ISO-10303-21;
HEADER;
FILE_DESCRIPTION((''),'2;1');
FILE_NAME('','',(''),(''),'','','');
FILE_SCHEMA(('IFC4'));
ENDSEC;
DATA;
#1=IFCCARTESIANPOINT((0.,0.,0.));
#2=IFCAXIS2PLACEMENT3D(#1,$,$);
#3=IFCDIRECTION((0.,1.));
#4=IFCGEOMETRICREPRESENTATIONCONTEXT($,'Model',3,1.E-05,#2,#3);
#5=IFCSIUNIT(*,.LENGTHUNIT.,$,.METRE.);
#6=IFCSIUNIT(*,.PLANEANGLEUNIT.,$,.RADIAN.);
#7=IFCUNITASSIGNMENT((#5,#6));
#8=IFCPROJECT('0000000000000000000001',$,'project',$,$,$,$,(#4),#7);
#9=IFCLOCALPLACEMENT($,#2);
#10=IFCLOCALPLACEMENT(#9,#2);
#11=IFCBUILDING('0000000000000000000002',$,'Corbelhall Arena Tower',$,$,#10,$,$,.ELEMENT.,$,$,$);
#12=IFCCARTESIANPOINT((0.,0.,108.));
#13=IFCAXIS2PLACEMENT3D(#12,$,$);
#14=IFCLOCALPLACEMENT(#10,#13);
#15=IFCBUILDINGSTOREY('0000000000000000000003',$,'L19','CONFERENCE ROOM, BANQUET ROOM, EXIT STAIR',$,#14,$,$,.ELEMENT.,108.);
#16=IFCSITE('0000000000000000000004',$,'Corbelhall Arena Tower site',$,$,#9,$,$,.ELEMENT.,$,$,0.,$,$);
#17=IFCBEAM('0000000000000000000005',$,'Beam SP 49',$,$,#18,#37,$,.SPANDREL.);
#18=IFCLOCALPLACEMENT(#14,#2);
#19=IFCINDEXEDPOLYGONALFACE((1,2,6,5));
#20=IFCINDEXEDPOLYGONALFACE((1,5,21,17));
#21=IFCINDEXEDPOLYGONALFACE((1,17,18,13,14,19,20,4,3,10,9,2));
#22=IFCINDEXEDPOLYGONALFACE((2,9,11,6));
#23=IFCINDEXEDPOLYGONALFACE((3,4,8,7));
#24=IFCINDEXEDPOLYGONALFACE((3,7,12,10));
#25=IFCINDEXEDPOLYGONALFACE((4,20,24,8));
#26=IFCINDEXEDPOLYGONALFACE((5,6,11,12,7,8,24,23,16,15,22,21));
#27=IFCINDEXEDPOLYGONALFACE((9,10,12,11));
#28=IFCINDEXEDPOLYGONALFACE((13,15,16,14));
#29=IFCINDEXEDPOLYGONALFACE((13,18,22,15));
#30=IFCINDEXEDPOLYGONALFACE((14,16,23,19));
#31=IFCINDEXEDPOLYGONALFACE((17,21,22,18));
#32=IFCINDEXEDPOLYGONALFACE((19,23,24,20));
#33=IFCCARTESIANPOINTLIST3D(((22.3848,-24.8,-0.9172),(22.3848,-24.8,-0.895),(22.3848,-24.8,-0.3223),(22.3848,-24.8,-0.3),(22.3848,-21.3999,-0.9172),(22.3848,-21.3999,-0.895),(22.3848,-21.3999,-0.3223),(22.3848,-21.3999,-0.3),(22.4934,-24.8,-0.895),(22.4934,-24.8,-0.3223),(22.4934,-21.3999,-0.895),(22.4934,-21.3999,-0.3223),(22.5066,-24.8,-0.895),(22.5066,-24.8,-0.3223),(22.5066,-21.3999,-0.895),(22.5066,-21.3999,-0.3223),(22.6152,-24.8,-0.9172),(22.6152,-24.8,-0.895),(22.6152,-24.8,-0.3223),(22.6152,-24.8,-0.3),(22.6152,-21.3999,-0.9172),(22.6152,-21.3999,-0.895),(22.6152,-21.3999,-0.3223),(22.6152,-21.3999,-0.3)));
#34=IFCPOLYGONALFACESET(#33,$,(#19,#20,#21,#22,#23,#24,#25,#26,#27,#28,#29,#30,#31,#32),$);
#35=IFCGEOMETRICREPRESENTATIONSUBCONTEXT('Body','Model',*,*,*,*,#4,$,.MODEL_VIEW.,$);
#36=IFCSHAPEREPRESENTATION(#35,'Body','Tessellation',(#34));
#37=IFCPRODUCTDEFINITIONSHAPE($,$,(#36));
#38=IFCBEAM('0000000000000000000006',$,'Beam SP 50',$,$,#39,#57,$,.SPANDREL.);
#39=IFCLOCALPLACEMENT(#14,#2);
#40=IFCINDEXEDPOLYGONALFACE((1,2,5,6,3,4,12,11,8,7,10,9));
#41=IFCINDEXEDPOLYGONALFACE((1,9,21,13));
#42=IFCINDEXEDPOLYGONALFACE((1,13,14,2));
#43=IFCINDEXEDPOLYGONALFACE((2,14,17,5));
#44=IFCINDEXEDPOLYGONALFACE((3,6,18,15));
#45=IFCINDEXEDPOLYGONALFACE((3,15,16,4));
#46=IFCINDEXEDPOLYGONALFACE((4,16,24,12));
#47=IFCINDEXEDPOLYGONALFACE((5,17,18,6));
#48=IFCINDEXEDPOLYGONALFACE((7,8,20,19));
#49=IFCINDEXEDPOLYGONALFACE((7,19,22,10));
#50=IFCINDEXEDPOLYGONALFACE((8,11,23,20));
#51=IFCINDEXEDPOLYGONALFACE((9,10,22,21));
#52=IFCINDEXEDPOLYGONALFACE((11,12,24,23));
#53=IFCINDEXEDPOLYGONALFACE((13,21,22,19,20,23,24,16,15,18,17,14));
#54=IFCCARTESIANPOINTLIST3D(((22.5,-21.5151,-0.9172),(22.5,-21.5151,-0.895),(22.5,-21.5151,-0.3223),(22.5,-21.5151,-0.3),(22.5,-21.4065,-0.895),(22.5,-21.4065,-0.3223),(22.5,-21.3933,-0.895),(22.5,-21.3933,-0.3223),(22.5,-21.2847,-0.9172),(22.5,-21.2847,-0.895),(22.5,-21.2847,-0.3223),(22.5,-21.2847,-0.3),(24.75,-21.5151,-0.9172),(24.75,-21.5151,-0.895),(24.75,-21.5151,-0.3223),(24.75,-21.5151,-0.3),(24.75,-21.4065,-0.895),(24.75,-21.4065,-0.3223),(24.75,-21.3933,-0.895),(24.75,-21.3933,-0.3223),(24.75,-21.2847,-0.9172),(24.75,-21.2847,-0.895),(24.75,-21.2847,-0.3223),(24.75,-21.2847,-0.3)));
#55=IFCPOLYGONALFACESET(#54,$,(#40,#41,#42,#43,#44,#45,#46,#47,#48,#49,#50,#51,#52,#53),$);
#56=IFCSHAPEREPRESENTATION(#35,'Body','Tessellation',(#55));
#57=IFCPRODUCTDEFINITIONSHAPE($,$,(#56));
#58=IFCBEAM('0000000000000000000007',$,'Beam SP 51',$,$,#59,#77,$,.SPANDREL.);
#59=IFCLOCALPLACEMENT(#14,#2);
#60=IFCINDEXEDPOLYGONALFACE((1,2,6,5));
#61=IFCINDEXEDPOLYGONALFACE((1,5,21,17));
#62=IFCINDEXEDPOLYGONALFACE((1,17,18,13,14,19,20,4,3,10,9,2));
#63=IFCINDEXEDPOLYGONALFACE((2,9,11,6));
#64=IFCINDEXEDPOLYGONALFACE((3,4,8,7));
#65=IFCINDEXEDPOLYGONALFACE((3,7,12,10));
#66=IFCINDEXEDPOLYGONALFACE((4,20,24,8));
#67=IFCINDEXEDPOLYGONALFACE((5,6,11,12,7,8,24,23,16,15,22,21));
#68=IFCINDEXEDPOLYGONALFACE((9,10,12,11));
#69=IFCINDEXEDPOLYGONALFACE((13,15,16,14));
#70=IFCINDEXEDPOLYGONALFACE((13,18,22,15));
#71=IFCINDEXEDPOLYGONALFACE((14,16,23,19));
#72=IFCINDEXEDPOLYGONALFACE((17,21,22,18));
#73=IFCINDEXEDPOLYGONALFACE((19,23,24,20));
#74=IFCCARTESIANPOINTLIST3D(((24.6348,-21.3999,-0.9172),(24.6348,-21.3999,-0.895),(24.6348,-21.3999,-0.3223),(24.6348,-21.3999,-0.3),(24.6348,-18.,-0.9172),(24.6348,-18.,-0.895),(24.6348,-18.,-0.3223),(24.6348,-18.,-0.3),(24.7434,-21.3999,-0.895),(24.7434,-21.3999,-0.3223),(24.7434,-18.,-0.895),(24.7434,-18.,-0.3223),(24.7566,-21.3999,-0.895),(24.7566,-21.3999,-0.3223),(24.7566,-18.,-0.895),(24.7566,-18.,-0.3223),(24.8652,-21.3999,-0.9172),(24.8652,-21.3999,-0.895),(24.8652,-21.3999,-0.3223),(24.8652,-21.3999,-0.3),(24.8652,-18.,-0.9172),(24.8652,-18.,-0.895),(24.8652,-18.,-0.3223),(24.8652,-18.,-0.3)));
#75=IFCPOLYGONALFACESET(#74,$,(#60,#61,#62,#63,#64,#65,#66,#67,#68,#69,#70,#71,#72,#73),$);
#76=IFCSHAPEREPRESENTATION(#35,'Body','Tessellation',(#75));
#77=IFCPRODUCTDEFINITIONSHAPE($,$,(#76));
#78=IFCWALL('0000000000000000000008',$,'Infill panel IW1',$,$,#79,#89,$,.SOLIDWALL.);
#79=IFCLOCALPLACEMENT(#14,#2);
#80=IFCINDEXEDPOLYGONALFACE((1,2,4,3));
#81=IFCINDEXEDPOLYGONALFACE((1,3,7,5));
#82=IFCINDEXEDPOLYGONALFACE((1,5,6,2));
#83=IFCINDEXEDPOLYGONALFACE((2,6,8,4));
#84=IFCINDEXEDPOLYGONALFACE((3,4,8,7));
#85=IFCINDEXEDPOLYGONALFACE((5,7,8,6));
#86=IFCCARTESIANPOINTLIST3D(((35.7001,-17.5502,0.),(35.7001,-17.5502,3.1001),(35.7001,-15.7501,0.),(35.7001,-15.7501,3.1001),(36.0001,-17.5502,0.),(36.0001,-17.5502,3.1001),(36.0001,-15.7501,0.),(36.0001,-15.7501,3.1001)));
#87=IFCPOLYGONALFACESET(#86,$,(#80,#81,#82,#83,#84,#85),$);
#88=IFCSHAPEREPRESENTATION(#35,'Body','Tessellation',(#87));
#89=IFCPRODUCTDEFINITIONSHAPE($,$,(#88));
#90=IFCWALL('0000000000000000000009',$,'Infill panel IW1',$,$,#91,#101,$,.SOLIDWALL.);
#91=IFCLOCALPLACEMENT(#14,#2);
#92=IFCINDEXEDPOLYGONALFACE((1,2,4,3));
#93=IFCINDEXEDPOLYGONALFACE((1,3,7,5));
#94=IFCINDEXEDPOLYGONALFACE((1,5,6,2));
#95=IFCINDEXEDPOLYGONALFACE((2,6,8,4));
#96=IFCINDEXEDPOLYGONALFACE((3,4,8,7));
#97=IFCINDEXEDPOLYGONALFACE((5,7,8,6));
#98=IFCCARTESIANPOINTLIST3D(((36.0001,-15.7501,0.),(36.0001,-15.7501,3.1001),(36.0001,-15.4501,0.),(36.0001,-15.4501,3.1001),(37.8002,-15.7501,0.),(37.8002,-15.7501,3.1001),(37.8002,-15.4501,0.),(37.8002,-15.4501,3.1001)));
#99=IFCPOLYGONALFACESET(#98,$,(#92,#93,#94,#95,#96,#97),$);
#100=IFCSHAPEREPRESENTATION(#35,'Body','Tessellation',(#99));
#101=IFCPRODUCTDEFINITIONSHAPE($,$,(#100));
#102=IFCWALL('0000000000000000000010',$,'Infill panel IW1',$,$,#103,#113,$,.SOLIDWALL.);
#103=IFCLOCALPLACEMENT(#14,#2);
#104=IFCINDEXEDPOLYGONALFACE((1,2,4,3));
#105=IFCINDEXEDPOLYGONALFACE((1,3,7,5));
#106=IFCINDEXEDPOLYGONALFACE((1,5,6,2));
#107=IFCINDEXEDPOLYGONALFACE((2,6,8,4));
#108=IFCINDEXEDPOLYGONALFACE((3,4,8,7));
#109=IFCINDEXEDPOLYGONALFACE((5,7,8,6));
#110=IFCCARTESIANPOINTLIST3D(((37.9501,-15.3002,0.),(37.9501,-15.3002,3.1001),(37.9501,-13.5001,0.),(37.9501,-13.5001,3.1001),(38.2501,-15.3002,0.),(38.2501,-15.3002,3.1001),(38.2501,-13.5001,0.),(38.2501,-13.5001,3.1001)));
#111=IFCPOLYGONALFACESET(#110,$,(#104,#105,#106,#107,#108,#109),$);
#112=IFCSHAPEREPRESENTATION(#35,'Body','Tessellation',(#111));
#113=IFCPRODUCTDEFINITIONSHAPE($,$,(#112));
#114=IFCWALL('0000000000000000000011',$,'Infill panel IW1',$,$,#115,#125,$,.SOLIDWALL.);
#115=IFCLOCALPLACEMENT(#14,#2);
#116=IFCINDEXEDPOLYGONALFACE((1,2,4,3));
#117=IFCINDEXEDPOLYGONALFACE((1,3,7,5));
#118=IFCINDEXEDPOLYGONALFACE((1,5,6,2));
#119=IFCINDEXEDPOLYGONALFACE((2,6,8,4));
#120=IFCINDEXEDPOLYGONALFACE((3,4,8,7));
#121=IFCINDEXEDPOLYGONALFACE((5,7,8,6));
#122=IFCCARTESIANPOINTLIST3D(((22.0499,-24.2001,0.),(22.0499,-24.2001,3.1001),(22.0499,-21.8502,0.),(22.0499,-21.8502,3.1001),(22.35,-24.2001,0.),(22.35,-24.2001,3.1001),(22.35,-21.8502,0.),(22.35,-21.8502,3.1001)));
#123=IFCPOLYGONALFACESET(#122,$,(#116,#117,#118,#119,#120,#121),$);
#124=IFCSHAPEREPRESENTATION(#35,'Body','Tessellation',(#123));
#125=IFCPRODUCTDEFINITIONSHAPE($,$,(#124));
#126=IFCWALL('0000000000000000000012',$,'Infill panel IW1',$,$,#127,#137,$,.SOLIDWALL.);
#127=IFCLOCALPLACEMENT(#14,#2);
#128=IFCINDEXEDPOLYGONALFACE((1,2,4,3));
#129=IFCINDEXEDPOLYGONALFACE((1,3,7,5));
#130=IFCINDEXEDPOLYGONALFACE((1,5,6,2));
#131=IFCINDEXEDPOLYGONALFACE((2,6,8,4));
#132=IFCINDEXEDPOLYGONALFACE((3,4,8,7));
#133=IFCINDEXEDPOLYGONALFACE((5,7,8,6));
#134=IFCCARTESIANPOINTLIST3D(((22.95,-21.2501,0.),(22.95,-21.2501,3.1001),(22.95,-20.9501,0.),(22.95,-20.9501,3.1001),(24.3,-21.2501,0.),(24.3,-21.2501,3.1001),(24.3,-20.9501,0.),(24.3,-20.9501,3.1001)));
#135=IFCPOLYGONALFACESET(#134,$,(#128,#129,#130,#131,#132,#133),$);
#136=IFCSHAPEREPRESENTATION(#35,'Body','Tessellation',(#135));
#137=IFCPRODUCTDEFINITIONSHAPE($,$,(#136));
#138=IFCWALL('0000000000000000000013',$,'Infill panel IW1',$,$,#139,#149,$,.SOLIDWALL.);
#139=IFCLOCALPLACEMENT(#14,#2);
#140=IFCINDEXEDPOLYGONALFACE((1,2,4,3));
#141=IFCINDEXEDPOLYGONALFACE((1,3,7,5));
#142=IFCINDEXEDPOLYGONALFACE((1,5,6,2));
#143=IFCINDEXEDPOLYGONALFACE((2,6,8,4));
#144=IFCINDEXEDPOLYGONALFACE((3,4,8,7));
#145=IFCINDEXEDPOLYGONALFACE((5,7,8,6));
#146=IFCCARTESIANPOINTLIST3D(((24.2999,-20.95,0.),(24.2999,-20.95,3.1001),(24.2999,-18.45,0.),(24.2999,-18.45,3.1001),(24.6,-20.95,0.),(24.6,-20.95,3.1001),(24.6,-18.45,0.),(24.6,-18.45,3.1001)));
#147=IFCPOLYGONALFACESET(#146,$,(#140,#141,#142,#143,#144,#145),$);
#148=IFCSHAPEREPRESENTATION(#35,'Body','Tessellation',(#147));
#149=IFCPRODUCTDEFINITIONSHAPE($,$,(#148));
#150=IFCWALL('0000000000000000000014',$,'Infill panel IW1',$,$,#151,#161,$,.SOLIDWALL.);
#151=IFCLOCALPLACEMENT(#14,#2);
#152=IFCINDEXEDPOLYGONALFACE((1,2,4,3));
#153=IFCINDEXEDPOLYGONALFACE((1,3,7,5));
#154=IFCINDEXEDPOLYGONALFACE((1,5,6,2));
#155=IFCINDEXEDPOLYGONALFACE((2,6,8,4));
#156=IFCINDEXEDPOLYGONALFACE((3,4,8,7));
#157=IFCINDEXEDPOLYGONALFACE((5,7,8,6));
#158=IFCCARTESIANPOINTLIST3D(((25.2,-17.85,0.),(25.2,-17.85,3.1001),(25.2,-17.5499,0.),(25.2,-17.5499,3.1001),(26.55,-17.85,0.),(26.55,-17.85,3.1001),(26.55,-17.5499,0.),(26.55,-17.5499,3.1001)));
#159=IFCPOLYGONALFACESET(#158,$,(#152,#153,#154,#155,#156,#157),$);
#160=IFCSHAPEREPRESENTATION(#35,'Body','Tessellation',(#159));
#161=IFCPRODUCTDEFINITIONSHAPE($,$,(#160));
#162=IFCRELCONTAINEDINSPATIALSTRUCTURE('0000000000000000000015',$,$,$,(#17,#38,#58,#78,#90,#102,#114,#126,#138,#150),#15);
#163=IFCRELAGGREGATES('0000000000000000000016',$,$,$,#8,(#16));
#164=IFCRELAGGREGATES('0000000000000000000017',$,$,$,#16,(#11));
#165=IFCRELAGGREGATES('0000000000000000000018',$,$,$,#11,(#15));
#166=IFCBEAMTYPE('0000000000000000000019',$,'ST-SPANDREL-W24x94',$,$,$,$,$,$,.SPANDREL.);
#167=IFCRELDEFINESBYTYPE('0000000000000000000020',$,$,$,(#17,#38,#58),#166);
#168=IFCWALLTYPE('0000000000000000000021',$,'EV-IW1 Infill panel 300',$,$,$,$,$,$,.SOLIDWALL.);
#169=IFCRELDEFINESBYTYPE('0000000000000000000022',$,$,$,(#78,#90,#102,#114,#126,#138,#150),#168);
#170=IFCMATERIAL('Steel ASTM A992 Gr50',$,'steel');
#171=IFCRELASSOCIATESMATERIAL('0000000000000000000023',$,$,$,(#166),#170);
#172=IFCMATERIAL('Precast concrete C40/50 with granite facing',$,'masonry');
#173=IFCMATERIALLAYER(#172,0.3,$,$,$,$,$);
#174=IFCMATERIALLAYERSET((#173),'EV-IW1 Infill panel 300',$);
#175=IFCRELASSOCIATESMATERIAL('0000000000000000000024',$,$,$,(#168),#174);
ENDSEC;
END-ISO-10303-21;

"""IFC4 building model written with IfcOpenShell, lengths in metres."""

from ifc_helpers import new_model, si_unit, direction, frame, frame_2d, origin, origin_2d, place, context, subcontext, project, spatial, rectangle, i_section, extrude, material, layer, layer_set, material_profile, profile_set, type_object, element, save


model = new_model("IFC4")

# Units and contexts
model_context = context("Model", 3, precision=1e-05, world=origin(), true_north=direction((0.0, 1.0)))
body_context = subcontext(model_context, "Body", "Model", "MODEL_VIEW")
ifc_project = project(units=[si_unit("LENGTHUNIT", "METRE"), si_unit("PLANEANGLEUNIT", "RADIAN")], contexts=[model_context])

# Site, building, storey
site_placement = place(None, origin())
site = spatial("IfcSite", under=ifc_project, at=site_placement, Name="Corbelhall Arena Tower site", CompositionType="ELEMENT", RefElevation=0.0)
building_placement = place(site_placement, origin())
building = spatial("IfcBuilding", under=site, at=building_placement, Name="Corbelhall Arena Tower", CompositionType="ELEMENT")
storey_placement = place(building_placement, frame((0.0, 0.0, 108.0)))
storey = spatial("IfcBuildingStorey", under=building, at=storey_placement, Name="L19", Description="CONFERENCE ROOM, BANQUET ROOM, EXIT STAIR", CompositionType="ELEMENT", Elevation=108.0)

# Beams
ifc_material_1 = material(Name="Steel ASTM A992 Gr50", Category="steel")
ifc_material_profile_1 = material_profile(ifc_material_1, i_section(OverallWidth=0.2305, OverallDepth=0.6172, WebThickness=0.0132, FlangeThickness=0.0222, at=origin_2d()))
ifc_profile_set_1 = profile_set([ifc_material_profile_1], Name="Steel ASTM A992 Gr50")
beam_type = type_object("IfcBeamType", Name="ST-SPANDREL-W24x94", PredefinedType="SPANDREL", material=ifc_profile_set_1)
beam_1_placement = place(storey_placement, frame((22.5, -21.3999, -0.6086), z_axis=(0.0, -1.0, 0.0), x_axis=(1.0, 0.0, 0.0)))
element("IfcBeam", 1, at=beam_1_placement, inside=storey, type_object=beam_type, Name="Beam SP 49", PredefinedType="SPANDREL", context=body_context, shape_type="SweptSolid", body=[
    extrude(i_section(OverallWidth=0.2305, OverallDepth=0.6172, WebThickness=0.0132, FlangeThickness=0.0222, at=origin_2d()), origin(), (0.0, 0.0, 1.0), 3.4001),
])
beam_2_placement = place(storey_placement, frame((24.75, -21.3999, -0.6086), z_axis=(-1.0, 0.0, 0.0), x_axis=(0.0, -1.0, 0.0)))
element("IfcBeam", 2, at=beam_2_placement, inside=storey, type_object=beam_type, Name="Beam SP 50", PredefinedType="SPANDREL", context=body_context, shape_type="SweptSolid", body=[
    extrude(i_section(OverallWidth=0.2305, OverallDepth=0.6172, WebThickness=0.0132, FlangeThickness=0.0222, at=origin_2d()), origin(), (0.0, 0.0, 1.0), 2.25),
])
beam_3_placement = place(storey_placement, frame((24.75, -18.0, -0.6086), z_axis=(0.0, -1.0, 0.0), x_axis=(1.0, 0.0, 0.0)))
element("IfcBeam", 3, at=beam_3_placement, inside=storey, type_object=beam_type, Name="Beam SP 51", PredefinedType="SPANDREL", context=body_context, shape_type="SweptSolid", body=[
    extrude(i_section(OverallWidth=0.2305, OverallDepth=0.6172, WebThickness=0.0132, FlangeThickness=0.0222, at=origin_2d()), origin(), (0.0, 0.0, 1.0), 3.3999),
])

# Walls
ifc_material_2 = material(Name="Precast concrete C40/50 with granite facing", Category="masonry")
ifc_layer = layer(ifc_material_2, 0.3)
ifc_layer_set = layer_set([ifc_layer], Name="EV-IW1 Infill panel 300")
wall_type = type_object("IfcWallType", Name="EV-IW1 Infill panel 300", PredefinedType="SOLIDWALL", material=ifc_layer_set)
for number, where, z_axis, x_axis, name in (
    (4, (35.8501, -17.55, 0.0), (0.0, 0.0, 1.0), (0.0, 1.0, 0.0), "Infill panel IW1"),
    (5, (37.8, -15.6001, 0.0), (0.0, 0.0, 1.0), (-1.0, 0.0, 0.0), "Infill panel IW1"),
    (6, (38.1001, -15.3, 0.0), (0.0, 0.0, 1.0), (0.0, 1.0, 0.0), "Infill panel IW1"),
):
    element("IfcWall", number, at=place(storey_placement, frame(where, z_axis=z_axis, x_axis=x_axis)), inside=storey, type_object=wall_type, Name=name, PredefinedType="SOLIDWALL", context=body_context, shape_type="SweptSolid", body=[
        extrude(rectangle(XDim=1.8, YDim=0.3, at=frame_2d((0.8999, 0.0))), origin(), (0.0, 0.0, 1.0), 3.1001),
    ])

# Walls
wall_1_placement = place(storey_placement, frame((22.2, -24.2, 0.0), z_axis=(0.0, 0.0, 1.0), x_axis=(0.0, 1.0, 0.0)))
element("IfcWall", 7, at=wall_1_placement, inside=storey, type_object=wall_type, Name="Infill panel IW1", PredefinedType="SOLIDWALL", context=body_context, shape_type="SweptSolid", body=[
    extrude(rectangle(XDim=2.3499, YDim=0.3, at=frame_2d((1.1748, 0.0))), origin(), (0.0, 0.0, 1.0), 3.1001),
])
wall_2_placement = place(storey_placement, frame((22.95, -21.1001, 0.0), z_axis=(0.0, 0.0, 1.0), x_axis=(1.0, 0.0, 0.0)))
element("IfcWall", 8, at=wall_2_placement, inside=storey, type_object=wall_type, Name="Infill panel IW1", PredefinedType="SOLIDWALL", context=body_context, shape_type="SweptSolid", body=[
    extrude(rectangle(XDim=1.3501, YDim=0.3, at=frame_2d((0.675, 0.0))), origin(), (0.0, 0.0, 1.0), 3.1001),
])
wall_3_placement = place(storey_placement, frame((24.45, -20.95, 0.0), z_axis=(0.0, 0.0, 1.0), x_axis=(0.0, 1.0, 0.0)))
element("IfcWall", 9, at=wall_3_placement, inside=storey, type_object=wall_type, Name="Infill panel IW1", PredefinedType="SOLIDWALL", context=body_context, shape_type="SweptSolid", body=[
    extrude(rectangle(XDim=2.5, YDim=0.3, at=frame_2d((1.25, 0.0))), origin(), (0.0, 0.0, 1.0), 3.1001),
])
wall_4_placement = place(storey_placement, frame((25.2, -17.7, 0.0), z_axis=(0.0, 0.0, 1.0), x_axis=(1.0, 0.0, 0.0)))
element("IfcWall", 10, at=wall_4_placement, inside=storey, type_object=wall_type, Name="Infill panel IW1", PredefinedType="SOLIDWALL", context=body_context, shape_type="SweptSolid", body=[
    extrude(rectangle(XDim=1.3501, YDim=0.3, at=frame_2d((0.675, 0.0))), origin(), (0.0, 0.0, 1.0), 3.1001),
])

save(model, "model.ifc")
